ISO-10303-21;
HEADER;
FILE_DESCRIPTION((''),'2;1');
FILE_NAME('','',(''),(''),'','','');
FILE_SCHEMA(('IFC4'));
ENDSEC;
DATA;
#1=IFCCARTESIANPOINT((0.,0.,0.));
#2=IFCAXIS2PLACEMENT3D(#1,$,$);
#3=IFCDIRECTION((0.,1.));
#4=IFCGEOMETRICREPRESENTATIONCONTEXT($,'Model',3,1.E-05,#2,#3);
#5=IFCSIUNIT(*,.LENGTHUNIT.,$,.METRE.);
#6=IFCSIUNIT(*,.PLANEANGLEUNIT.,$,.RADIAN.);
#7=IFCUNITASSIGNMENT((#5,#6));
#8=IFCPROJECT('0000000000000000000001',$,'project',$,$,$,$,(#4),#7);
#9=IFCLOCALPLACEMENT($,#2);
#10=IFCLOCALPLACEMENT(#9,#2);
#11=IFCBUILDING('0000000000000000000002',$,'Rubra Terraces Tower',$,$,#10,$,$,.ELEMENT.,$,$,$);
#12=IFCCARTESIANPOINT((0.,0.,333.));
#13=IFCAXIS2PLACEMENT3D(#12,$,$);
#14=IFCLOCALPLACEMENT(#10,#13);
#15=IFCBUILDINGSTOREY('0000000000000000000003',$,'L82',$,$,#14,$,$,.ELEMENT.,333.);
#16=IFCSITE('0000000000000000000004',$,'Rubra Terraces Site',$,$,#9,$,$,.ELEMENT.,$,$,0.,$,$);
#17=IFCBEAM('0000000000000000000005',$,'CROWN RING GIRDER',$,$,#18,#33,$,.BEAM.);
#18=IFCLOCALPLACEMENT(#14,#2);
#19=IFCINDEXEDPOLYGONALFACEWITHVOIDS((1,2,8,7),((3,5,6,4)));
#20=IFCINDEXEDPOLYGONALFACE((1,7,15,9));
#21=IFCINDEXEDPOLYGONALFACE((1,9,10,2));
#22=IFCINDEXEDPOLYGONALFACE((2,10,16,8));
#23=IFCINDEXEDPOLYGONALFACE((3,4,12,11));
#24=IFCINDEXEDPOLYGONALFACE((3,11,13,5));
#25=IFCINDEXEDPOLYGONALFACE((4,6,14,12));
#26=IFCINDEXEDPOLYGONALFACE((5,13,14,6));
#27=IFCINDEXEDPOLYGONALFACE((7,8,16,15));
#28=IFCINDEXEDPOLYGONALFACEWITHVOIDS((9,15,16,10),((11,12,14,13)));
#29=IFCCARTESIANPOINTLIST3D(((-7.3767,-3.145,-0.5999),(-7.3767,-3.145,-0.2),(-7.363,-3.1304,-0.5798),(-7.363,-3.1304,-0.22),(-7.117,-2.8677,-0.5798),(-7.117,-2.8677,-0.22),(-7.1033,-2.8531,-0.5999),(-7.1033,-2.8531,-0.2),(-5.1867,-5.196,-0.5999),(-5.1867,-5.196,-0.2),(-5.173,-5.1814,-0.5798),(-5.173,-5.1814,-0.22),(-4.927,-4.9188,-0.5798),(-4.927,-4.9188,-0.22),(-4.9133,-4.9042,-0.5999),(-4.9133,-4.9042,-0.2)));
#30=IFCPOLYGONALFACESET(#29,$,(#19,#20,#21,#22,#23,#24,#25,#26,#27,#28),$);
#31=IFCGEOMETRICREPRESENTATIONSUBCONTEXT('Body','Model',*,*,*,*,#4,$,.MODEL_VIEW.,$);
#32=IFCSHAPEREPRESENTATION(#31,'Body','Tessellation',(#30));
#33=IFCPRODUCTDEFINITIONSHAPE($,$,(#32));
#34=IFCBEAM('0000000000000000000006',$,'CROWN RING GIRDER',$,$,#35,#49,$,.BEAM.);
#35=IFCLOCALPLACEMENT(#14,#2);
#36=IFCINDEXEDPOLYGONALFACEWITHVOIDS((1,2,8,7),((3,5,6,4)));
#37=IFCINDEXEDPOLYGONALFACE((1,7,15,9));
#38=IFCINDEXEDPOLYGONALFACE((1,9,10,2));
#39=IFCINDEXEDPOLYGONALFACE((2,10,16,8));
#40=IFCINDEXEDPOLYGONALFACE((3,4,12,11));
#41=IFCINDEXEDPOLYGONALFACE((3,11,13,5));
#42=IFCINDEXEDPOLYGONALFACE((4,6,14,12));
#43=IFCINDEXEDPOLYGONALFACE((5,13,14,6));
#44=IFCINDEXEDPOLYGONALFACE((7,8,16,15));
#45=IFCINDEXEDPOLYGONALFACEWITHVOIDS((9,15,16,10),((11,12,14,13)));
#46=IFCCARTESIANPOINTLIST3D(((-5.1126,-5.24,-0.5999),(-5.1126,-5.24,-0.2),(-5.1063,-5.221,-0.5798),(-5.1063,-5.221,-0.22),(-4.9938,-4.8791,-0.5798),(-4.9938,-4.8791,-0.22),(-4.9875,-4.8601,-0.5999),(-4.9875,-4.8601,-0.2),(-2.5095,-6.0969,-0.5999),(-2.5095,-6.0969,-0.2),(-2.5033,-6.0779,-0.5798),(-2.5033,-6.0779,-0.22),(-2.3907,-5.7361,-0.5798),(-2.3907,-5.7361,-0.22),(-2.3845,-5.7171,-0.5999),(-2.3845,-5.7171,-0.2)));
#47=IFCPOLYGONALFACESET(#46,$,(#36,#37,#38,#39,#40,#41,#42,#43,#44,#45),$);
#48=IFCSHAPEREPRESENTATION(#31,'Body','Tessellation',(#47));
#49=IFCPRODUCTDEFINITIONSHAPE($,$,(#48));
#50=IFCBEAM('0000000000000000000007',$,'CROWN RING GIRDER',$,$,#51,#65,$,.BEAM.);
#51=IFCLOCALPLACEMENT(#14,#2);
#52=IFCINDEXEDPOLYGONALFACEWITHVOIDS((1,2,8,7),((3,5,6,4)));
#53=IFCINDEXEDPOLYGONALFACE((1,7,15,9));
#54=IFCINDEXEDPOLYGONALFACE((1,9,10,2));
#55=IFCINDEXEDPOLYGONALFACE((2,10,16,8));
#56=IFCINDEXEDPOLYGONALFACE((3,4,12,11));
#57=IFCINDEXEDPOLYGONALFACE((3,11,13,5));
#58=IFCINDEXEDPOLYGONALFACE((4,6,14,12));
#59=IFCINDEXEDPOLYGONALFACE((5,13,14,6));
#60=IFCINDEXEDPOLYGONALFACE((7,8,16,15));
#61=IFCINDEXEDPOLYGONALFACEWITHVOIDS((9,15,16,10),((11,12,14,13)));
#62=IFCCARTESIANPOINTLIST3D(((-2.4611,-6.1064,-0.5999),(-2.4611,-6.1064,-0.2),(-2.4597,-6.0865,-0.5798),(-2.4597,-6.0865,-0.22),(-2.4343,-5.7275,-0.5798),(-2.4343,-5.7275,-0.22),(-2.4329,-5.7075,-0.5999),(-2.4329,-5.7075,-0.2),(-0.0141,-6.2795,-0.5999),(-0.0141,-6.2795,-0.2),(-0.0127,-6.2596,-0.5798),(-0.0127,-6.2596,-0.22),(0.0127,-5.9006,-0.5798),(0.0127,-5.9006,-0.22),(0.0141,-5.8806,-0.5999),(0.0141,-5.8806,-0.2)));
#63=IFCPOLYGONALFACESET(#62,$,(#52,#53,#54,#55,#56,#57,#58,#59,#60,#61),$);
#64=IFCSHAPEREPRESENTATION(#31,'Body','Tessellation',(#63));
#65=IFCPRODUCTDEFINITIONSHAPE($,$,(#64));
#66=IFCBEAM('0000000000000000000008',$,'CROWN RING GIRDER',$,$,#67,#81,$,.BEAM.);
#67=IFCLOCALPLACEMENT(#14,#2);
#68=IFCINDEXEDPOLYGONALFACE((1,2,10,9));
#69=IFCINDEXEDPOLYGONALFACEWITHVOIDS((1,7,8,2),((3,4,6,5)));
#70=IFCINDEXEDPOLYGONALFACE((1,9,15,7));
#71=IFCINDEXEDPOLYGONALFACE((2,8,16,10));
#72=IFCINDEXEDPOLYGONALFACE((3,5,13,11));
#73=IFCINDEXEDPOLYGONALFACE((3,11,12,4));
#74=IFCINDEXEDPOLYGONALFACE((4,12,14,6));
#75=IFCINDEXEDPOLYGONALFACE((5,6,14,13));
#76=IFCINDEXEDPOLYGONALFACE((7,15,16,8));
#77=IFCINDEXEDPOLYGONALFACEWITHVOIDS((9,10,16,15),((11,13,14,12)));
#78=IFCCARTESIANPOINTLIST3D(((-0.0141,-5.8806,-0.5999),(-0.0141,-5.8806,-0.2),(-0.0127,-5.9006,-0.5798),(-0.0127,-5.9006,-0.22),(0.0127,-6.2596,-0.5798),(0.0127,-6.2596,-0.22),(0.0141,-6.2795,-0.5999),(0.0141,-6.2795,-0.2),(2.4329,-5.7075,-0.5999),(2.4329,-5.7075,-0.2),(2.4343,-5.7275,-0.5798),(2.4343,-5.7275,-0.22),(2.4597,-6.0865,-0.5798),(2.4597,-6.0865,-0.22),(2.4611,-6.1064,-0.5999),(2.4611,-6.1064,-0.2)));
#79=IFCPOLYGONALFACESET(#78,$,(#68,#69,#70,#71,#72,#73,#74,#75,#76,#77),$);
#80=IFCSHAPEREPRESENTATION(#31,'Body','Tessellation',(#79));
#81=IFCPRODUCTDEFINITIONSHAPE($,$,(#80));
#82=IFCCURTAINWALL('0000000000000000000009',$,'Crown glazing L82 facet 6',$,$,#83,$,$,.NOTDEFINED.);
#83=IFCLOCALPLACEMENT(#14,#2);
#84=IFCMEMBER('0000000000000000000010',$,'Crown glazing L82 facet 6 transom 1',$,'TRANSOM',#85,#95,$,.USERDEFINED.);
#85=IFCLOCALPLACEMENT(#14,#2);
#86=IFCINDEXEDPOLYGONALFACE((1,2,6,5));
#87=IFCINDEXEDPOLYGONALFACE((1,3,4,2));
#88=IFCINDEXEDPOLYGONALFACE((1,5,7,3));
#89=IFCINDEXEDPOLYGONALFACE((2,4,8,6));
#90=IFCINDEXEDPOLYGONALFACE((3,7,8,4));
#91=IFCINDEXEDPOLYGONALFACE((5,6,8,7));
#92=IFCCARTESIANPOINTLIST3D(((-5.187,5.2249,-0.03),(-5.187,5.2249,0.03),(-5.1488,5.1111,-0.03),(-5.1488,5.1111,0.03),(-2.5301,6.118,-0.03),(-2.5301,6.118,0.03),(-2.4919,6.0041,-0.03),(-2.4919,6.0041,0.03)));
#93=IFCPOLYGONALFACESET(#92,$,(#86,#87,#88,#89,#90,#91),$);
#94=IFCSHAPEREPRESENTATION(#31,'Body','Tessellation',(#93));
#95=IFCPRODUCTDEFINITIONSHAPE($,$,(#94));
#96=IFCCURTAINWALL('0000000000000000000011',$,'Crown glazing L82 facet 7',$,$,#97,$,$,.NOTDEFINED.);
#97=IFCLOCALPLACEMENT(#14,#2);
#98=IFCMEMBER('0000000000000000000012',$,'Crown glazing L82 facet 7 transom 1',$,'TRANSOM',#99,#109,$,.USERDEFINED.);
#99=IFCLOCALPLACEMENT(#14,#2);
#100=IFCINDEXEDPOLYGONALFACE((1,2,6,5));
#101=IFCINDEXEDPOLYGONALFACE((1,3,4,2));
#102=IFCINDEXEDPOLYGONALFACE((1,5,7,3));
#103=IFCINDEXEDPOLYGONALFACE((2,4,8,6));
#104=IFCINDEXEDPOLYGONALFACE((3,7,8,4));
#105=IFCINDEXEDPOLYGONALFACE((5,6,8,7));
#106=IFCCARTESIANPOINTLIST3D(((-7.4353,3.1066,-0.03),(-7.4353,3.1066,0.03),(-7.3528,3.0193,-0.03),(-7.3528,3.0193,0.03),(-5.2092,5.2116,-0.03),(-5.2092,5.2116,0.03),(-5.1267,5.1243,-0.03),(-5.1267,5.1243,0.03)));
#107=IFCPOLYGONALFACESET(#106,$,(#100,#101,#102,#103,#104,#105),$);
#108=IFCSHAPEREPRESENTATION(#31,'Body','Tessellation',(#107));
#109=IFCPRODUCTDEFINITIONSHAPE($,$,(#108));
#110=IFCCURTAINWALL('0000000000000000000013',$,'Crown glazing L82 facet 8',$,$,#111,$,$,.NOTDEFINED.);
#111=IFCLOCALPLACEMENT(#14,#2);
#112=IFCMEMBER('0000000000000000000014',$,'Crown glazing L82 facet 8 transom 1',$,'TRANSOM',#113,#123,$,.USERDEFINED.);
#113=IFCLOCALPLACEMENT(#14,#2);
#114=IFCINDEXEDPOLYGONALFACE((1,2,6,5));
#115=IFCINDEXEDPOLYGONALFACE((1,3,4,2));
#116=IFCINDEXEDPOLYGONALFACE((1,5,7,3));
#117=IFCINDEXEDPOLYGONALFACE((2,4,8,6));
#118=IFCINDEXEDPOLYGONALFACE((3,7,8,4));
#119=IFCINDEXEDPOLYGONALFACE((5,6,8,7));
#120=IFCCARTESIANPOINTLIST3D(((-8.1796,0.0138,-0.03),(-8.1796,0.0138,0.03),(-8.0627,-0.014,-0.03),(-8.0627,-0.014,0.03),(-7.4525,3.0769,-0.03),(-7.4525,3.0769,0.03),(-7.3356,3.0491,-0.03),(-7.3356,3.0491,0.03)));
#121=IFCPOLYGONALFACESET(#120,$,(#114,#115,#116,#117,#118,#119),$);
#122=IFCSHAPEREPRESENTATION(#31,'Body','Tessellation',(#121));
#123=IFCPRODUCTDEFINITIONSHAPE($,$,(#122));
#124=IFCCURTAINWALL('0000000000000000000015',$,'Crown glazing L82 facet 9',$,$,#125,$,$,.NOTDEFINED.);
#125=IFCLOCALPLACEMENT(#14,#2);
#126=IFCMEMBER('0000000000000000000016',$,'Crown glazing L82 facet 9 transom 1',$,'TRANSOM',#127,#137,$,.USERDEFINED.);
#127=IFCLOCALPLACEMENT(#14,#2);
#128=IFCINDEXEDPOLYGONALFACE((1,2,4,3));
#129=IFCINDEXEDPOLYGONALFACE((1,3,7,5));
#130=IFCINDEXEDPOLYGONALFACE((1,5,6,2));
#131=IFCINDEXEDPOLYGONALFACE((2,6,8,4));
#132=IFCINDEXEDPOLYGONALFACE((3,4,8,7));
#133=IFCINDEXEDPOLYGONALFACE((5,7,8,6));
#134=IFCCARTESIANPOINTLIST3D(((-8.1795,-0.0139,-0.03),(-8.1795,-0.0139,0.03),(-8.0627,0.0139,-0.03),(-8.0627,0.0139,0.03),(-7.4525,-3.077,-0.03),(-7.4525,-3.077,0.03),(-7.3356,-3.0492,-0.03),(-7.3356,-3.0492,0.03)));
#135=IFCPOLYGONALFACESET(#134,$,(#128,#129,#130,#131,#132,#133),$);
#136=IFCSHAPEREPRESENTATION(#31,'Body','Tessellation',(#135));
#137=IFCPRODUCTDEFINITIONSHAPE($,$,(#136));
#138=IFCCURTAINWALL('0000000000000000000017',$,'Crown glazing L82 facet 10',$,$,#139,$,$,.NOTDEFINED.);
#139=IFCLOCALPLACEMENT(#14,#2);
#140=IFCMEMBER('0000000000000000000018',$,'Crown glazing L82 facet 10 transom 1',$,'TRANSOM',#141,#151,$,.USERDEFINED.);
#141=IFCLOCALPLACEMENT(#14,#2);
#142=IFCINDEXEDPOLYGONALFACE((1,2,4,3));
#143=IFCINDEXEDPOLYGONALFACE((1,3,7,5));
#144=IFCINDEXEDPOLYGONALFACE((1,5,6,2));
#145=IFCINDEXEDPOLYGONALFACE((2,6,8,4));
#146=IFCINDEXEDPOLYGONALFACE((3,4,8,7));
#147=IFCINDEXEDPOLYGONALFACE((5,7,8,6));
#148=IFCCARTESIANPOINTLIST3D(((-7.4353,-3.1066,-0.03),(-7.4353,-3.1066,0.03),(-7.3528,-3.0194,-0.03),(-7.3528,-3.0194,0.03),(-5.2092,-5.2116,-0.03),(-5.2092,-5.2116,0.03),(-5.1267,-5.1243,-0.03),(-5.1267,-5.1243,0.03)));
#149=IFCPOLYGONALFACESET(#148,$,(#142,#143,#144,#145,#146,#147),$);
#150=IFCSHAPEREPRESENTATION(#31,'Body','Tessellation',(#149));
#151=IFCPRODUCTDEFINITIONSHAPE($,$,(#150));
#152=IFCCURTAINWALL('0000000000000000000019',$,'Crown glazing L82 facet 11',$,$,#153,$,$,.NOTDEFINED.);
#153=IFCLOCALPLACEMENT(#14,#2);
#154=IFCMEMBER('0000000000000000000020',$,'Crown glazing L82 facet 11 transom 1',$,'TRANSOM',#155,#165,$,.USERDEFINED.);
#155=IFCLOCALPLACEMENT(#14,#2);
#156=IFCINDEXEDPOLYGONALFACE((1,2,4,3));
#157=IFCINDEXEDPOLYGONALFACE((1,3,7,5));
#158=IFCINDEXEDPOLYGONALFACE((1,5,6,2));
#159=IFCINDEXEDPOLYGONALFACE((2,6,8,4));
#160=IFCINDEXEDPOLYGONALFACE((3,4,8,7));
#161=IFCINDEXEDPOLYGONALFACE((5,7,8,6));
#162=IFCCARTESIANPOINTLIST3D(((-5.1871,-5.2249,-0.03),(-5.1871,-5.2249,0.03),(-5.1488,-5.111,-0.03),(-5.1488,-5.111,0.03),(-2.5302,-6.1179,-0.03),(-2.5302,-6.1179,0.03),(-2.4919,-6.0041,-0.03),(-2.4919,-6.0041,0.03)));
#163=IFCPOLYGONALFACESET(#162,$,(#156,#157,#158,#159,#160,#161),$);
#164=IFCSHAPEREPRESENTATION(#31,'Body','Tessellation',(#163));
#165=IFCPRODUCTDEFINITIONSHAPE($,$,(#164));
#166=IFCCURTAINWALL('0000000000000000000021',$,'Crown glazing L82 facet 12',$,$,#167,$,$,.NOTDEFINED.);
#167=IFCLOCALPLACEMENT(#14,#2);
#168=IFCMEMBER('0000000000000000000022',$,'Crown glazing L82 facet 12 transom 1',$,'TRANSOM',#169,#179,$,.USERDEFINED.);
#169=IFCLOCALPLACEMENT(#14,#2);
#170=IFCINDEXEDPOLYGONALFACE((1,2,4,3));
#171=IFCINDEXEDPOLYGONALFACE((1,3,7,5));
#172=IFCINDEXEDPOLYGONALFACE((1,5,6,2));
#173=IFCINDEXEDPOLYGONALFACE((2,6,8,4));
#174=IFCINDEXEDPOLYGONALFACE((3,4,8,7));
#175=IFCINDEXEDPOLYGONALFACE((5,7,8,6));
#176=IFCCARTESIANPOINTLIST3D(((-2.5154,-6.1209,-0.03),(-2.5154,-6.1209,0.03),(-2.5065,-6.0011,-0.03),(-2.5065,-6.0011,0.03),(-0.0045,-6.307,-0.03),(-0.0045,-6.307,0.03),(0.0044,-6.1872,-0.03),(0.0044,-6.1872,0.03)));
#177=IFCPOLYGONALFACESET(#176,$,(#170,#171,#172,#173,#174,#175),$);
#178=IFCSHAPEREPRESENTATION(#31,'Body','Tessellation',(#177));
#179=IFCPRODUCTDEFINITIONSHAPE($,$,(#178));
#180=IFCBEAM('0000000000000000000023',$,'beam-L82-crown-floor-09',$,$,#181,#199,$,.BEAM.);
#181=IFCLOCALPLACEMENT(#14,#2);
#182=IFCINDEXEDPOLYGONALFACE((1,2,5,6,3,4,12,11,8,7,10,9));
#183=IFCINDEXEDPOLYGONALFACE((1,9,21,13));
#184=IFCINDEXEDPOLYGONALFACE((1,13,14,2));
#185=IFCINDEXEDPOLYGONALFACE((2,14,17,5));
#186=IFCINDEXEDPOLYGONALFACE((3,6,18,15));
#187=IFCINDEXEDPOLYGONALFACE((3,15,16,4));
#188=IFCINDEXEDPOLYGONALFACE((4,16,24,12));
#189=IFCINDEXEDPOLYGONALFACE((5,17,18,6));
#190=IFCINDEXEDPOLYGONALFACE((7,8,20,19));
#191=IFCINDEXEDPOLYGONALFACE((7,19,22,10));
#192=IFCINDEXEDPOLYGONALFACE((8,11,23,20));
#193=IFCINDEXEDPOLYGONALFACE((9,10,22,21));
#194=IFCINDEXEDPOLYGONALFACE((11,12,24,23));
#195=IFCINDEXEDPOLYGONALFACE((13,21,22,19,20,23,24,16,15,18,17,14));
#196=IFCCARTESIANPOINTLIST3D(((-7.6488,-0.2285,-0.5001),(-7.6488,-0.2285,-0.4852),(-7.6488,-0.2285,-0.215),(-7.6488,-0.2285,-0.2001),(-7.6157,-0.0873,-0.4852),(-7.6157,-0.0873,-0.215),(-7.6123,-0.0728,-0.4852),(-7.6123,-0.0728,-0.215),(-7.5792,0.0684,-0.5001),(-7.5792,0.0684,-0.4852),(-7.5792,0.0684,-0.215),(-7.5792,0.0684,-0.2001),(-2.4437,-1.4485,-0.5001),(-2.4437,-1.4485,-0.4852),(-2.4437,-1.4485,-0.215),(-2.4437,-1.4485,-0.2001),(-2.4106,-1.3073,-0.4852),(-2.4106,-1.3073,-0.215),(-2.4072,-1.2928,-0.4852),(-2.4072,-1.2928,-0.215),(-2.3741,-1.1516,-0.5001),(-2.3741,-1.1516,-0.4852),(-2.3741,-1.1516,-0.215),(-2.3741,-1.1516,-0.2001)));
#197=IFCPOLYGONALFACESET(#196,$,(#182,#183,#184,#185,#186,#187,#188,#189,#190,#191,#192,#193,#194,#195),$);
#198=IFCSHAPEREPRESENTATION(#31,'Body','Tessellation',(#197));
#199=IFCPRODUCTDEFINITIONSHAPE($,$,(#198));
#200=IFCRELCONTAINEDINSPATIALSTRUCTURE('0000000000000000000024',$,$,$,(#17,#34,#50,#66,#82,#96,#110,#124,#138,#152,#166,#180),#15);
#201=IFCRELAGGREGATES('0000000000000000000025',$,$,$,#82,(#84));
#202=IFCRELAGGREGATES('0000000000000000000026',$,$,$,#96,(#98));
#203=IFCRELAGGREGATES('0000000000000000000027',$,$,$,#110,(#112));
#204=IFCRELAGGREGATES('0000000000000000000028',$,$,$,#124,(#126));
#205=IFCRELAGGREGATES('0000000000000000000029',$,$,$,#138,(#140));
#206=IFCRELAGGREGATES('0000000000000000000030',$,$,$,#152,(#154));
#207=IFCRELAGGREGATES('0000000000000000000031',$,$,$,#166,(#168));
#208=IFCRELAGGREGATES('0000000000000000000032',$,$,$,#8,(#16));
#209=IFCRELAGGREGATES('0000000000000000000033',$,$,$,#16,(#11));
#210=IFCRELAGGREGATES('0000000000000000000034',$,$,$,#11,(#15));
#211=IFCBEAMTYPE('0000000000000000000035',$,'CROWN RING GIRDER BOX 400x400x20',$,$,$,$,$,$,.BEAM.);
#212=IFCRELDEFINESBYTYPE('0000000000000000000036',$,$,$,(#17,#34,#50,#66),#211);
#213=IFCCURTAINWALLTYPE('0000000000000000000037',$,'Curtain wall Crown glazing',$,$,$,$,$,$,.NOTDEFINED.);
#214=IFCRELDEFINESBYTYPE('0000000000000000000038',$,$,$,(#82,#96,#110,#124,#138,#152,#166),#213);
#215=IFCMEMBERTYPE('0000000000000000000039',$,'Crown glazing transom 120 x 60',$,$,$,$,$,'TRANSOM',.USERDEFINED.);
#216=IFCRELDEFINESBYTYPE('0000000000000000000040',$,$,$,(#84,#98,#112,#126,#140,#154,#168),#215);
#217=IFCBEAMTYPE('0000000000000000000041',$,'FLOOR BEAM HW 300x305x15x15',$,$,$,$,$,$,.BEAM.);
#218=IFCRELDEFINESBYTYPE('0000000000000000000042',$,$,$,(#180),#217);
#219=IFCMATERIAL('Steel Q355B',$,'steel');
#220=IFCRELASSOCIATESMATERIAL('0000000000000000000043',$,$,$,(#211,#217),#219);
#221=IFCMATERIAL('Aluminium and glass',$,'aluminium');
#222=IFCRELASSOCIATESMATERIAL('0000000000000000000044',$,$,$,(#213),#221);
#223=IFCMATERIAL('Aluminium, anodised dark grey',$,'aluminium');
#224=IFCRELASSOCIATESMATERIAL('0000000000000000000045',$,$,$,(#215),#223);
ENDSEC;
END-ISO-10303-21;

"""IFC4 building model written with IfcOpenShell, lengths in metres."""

from ifc_helpers import new_model, si_unit, direction, frame, origin, origin_2d, place, context, subcontext, project, spatial, rectangle, hollow_rectangle, i_section, extrude, material, material_profile, profile_set, type_object, element, aggregate, save


model = new_model("IFC4")

# Units and contexts
model_context = context("Model", 3, precision=1e-05, world=origin(), true_north=direction((0.0, 1.0)))
body_context = subcontext(model_context, "Body", "Model", "MODEL_VIEW")
ifc_project = project(units=[si_unit("LENGTHUNIT", "METRE"), si_unit("PLANEANGLEUNIT", "RADIAN")], contexts=[model_context])

# Site, building, storey
site_placement = place(None, origin())
site = spatial("IfcSite", under=ifc_project, at=site_placement, Name="Rubra Terraces Site", CompositionType="ELEMENT", RefElevation=0.0)
building_placement = place(site_placement, origin())
building = spatial("IfcBuilding", under=site, at=building_placement, Name="Rubra Terraces Tower", CompositionType="ELEMENT")
storey_placement = place(building_placement, frame((0.0, 0.0, 333.0)))
storey = spatial("IfcBuildingStorey", under=building, at=storey_placement, Name="L82", CompositionType="ELEMENT", Elevation=333.0)

# Shared definitions
ifc_material_1 = material(Name="Steel Q355B", Category="steel")

# Beams
ifc_material_profile_1 = material_profile(ifc_material_1, hollow_rectangle(XDim=0.3999, YDim=0.3999, WallThickness=0.02, at=origin_2d()), Name="BOX 400x400x20")
ifc_profile_set_1 = profile_set([ifc_material_profile_1], Name="Steel Q355B")
beam_type_1 = type_object("IfcBeamType", Name="CROWN RING GIRDER BOX 400x400x20", PredefinedType="BEAM", material=ifc_profile_set_1)
beam_1_placement = place(storey_placement, frame((-7.24, -2.999, -0.3999), z_axis=(0.729877, -0.683578, 0.0), x_axis=(0.683578, 0.729877, 0.0)))
element("IfcBeam", 1, at=beam_1_placement, inside=storey, type_object=beam_type_1, Name="CROWN RING GIRDER", PredefinedType="BEAM", context=body_context, shape_type="SweptSolid", body=[
    extrude(hollow_rectangle(XDim=0.3999, YDim=0.3999, WallThickness=0.02, at=origin_2d()), origin(), (0.0, 0.0, 1.0), 3.0005),
])
beam_2_placement = place(storey_placement, frame((-5.05, -5.05, -0.3999), z_axis=(0.949853, -0.312698, 0.0), x_axis=(0.312698, 0.949853, 0.0)))
element("IfcBeam", 2, at=beam_2_placement, inside=storey, type_object=beam_type_1, Name="CROWN RING GIRDER", PredefinedType="BEAM", context=body_context, shape_type="SweptSolid", body=[
    extrude(hollow_rectangle(XDim=0.3999, YDim=0.3999, WallThickness=0.02, at=origin_2d()), origin(), (0.0, 0.0, 1.0), 2.7405),
])
for number, where, z_axis, x_axis, name in (
    (3, (-2.447, -5.907, -0.3999), (0.997507, -0.070561, 0.0), (0.070561, 0.997507, 0.0), "CROWN RING GIRDER"),
    (4, (0.0, -6.0801, -0.3999), (0.997507, 0.070561, 0.0), (-0.070561, 0.997507, 0.0), "CROWN RING GIRDER"),
):
    element("IfcBeam", number, at=place(storey_placement, frame(where, z_axis=z_axis, x_axis=x_axis)), inside=storey, type_object=beam_type_1, Name=name, PredefinedType="BEAM", context=body_context, shape_type="SweptSolid", body=[
        extrude(hollow_rectangle(XDim=0.3999, YDim=0.3999, WallThickness=0.02, at=origin_2d()), origin(), (0.0, 0.0, 1.0), 2.4531),
    ])

# Curtain walls, members
ifc_material_2 = material(Name="Aluminium and glass", Category="aluminium")
curtain_wall_type = type_object("IfcCurtainWallType", Name="Curtain wall Crown glazing", PredefinedType="NOTDEFINED", material=ifc_material_2)
curtain_wall_1_placement = place(storey_placement, origin())
curtain_wall_1 = element("IfcCurtainWall", 5, at=curtain_wall_1_placement, inside=storey, type_object=curtain_wall_type, Name="Crown glazing L82 facet 6", PredefinedType="NOTDEFINED")
ifc_material_3 = material(Name="Aluminium, anodised dark grey", Category="aluminium")
ifc_material_profile_2 = material_profile(ifc_material_3, rectangle(XDim=0.1201, YDim=0.0601, at=origin_2d()), Name="AL 120x60")
ifc_profile_set_2 = profile_set([ifc_material_profile_2], Name="Aluminium, anodised dark grey")
member_type_1 = type_object("IfcMemberType", Name="Crown glazing transom 120 x 60", ElementType="TRANSOM", PredefinedType="USERDEFINED", material=ifc_profile_set_2)
member_1_placement = place(storey_placement, frame((-2.511, 6.061, 0.0), z_axis=(-0.947888, -0.318605, 0.0), x_axis=(0.318605, -0.947888, 0.0)))
member_1 = element("IfcMember", 6, at=member_1_placement, type_object=member_type_1, Name="Crown glazing L82 facet 6 transom 1", ObjectType="TRANSOM", PredefinedType="USERDEFINED", context=body_context, shape_type="SweptSolid", body=[
    extrude(rectangle(XDim=0.1201, YDim=0.0601, at=origin_2d()), origin(), (0.0, 0.0, 1.0), 2.803),
])
curtain_wall_2_placement = place(storey_placement, origin())
curtain_wall_2 = element("IfcCurtainWall", 7, at=curtain_wall_2_placement, inside=storey, type_object=curtain_wall_type, Name="Crown glazing L82 facet 7", PredefinedType="NOTDEFINED")
member_2_placement = place(storey_placement, frame((-5.168, 5.168, 0.0), z_axis=(-0.726593, -0.687068, 0.0), x_axis=(0.687068, -0.726593, 0.0)))
member_2 = element("IfcMember", 8, at=member_2_placement, type_object=member_type_1, Name="Crown glazing L82 facet 7 transom 1", ObjectType="TRANSOM", PredefinedType="USERDEFINED", context=body_context, shape_type="SweptSolid", body=[
    extrude(rectangle(XDim=0.1201, YDim=0.0601, at=origin_2d()), origin(), (0.0, 0.0, 1.0), 3.0637),
])
curtain_wall_3_placement = place(storey_placement, origin())
curtain_wall_3 = element("IfcCurtainWall", 9, at=curtain_wall_3_placement, inside=storey, type_object=curtain_wall_type, Name="Crown glazing L82 facet 8", PredefinedType="NOTDEFINED")
member_3_placement = place(storey_placement, frame((-7.394, 3.063, 0.0), z_axis=(-0.230949, -0.972966, 0.0), x_axis=(0.972966, -0.230949, 0.0)))
member_3 = element("IfcMember", 10, at=member_3_placement, type_object=member_type_1, Name="Crown glazing L82 facet 8 transom 1", ObjectType="TRANSOM", PredefinedType="USERDEFINED", context=body_context, shape_type="SweptSolid", body=[
    extrude(rectangle(XDim=0.1201, YDim=0.0601, at=origin_2d()), origin(), (0.0, 0.0, 1.0), 3.1482),
])
curtain_wall_4_placement = place(storey_placement, origin())
curtain_wall_4 = element("IfcCurtainWall", 11, at=curtain_wall_4_placement, inside=storey, type_object=curtain_wall_type, Name="Crown glazing L82 facet 9", PredefinedType="NOTDEFINED")
member_4_placement = place(storey_placement, frame((-8.1211, 0.0, 0.0), z_axis=(0.230949, -0.972966, 0.0), x_axis=(0.972966, 0.230949, 0.0)))
member_4 = element("IfcMember", 12, at=member_4_placement, type_object=member_type_1, Name="Crown glazing L82 facet 9 transom 1", ObjectType="TRANSOM", PredefinedType="USERDEFINED", context=body_context, shape_type="SweptSolid", body=[
    extrude(rectangle(XDim=0.1201, YDim=0.0601, at=origin_2d()), origin(), (0.0, 0.0, 1.0), 3.1482),
])
curtain_wall_5_placement = place(storey_placement, origin())
curtain_wall_5 = element("IfcCurtainWall", 13, at=curtain_wall_5_placement, inside=storey, type_object=curtain_wall_type, Name="Crown glazing L82 facet 10", PredefinedType="NOTDEFINED")
member_5_placement = place(storey_placement, frame((-7.394, -3.063, 0.0), z_axis=(0.726593, -0.687068, 0.0), x_axis=(0.687068, 0.726593, 0.0)))
member_5 = element("IfcMember", 14, at=member_5_placement, type_object=member_type_1, Name="Crown glazing L82 facet 10 transom 1", ObjectType="TRANSOM", PredefinedType="USERDEFINED", context=body_context, shape_type="SweptSolid", body=[
    extrude(rectangle(XDim=0.1201, YDim=0.0601, at=origin_2d()), origin(), (0.0, 0.0, 1.0), 3.0637),
])
curtain_wall_6_placement = place(storey_placement, origin())
curtain_wall_6 = element("IfcCurtainWall", 15, at=curtain_wall_6_placement, inside=storey, type_object=curtain_wall_type, Name="Crown glazing L82 facet 11", PredefinedType="NOTDEFINED")
member_6_placement = place(storey_placement, frame((-5.168, -5.168, 0.0), z_axis=(0.947888, -0.318605, 0.0), x_axis=(0.318605, 0.947888, 0.0)))
member_6 = element("IfcMember", 16, at=member_6_placement, type_object=member_type_1, Name="Crown glazing L82 facet 11 transom 1", ObjectType="TRANSOM", PredefinedType="USERDEFINED", context=body_context, shape_type="SweptSolid", body=[
    extrude(rectangle(XDim=0.1201, YDim=0.0601, at=origin_2d()), origin(), (0.0, 0.0, 1.0), 2.803),
])
curtain_wall_7_placement = place(storey_placement, origin())
curtain_wall_7 = element("IfcCurtainWall", 17, at=curtain_wall_7_placement, inside=storey, type_object=curtain_wall_type, Name="Crown glazing L82 facet 12", PredefinedType="NOTDEFINED")
member_7_placement = place(storey_placement, frame((-2.511, -6.061, 0.0), z_axis=(0.997267, -0.073886, 0.0), x_axis=(0.073886, 0.997267, 0.0)))
member_7 = element("IfcMember", 18, at=member_7_placement, type_object=member_type_1, Name="Crown glazing L82 facet 12 transom 1", ObjectType="TRANSOM", PredefinedType="USERDEFINED", context=body_context, shape_type="SweptSolid", body=[
    extrude(rectangle(XDim=0.1201, YDim=0.0601, at=origin_2d()), origin(), (0.0, 0.0, 1.0), 2.5178),
])

# Beam
ifc_material_profile_3 = material_profile(ifc_material_1, i_section(OverallWidth=0.3049, OverallDepth=0.3, WebThickness=0.0149, FlangeThickness=0.0149, at=origin_2d()), Name="HW 300x305x15x15")
ifc_profile_set_3 = profile_set([ifc_material_profile_3], Name="Steel Q355B")
beam_type_2 = type_object("IfcBeamType", Name="FLOOR BEAM HW 300x305x15x15", PredefinedType="BEAM", material=ifc_profile_set_3)
beam_3_placement = place(storey_placement, frame((-7.614, -0.0801, -0.3501), z_axis=(0.973615, -0.228197, 0.0), x_axis=(0.228197, 0.973615, 0.0)))
element("IfcBeam", 19, at=beam_3_placement, inside=storey, type_object=beam_type_2, Name="beam-L82-crown-floor-09", PredefinedType="BEAM", context=body_context, shape_type="SweptSolid", body=[
    extrude(i_section(OverallWidth=0.3049, OverallDepth=0.3, WebThickness=0.0149, FlangeThickness=0.0149, at=origin_2d()), origin(), (0.0, 0.0, 1.0), 5.3462),
])

aggregate(curtain_wall_1, [member_1])
aggregate(curtain_wall_2, [member_2])
aggregate(curtain_wall_3, [member_3])
aggregate(curtain_wall_4, [member_4])
aggregate(curtain_wall_5, [member_5])
aggregate(curtain_wall_6, [member_6])
aggregate(curtain_wall_7, [member_7])

save(model, "model.ifc")
